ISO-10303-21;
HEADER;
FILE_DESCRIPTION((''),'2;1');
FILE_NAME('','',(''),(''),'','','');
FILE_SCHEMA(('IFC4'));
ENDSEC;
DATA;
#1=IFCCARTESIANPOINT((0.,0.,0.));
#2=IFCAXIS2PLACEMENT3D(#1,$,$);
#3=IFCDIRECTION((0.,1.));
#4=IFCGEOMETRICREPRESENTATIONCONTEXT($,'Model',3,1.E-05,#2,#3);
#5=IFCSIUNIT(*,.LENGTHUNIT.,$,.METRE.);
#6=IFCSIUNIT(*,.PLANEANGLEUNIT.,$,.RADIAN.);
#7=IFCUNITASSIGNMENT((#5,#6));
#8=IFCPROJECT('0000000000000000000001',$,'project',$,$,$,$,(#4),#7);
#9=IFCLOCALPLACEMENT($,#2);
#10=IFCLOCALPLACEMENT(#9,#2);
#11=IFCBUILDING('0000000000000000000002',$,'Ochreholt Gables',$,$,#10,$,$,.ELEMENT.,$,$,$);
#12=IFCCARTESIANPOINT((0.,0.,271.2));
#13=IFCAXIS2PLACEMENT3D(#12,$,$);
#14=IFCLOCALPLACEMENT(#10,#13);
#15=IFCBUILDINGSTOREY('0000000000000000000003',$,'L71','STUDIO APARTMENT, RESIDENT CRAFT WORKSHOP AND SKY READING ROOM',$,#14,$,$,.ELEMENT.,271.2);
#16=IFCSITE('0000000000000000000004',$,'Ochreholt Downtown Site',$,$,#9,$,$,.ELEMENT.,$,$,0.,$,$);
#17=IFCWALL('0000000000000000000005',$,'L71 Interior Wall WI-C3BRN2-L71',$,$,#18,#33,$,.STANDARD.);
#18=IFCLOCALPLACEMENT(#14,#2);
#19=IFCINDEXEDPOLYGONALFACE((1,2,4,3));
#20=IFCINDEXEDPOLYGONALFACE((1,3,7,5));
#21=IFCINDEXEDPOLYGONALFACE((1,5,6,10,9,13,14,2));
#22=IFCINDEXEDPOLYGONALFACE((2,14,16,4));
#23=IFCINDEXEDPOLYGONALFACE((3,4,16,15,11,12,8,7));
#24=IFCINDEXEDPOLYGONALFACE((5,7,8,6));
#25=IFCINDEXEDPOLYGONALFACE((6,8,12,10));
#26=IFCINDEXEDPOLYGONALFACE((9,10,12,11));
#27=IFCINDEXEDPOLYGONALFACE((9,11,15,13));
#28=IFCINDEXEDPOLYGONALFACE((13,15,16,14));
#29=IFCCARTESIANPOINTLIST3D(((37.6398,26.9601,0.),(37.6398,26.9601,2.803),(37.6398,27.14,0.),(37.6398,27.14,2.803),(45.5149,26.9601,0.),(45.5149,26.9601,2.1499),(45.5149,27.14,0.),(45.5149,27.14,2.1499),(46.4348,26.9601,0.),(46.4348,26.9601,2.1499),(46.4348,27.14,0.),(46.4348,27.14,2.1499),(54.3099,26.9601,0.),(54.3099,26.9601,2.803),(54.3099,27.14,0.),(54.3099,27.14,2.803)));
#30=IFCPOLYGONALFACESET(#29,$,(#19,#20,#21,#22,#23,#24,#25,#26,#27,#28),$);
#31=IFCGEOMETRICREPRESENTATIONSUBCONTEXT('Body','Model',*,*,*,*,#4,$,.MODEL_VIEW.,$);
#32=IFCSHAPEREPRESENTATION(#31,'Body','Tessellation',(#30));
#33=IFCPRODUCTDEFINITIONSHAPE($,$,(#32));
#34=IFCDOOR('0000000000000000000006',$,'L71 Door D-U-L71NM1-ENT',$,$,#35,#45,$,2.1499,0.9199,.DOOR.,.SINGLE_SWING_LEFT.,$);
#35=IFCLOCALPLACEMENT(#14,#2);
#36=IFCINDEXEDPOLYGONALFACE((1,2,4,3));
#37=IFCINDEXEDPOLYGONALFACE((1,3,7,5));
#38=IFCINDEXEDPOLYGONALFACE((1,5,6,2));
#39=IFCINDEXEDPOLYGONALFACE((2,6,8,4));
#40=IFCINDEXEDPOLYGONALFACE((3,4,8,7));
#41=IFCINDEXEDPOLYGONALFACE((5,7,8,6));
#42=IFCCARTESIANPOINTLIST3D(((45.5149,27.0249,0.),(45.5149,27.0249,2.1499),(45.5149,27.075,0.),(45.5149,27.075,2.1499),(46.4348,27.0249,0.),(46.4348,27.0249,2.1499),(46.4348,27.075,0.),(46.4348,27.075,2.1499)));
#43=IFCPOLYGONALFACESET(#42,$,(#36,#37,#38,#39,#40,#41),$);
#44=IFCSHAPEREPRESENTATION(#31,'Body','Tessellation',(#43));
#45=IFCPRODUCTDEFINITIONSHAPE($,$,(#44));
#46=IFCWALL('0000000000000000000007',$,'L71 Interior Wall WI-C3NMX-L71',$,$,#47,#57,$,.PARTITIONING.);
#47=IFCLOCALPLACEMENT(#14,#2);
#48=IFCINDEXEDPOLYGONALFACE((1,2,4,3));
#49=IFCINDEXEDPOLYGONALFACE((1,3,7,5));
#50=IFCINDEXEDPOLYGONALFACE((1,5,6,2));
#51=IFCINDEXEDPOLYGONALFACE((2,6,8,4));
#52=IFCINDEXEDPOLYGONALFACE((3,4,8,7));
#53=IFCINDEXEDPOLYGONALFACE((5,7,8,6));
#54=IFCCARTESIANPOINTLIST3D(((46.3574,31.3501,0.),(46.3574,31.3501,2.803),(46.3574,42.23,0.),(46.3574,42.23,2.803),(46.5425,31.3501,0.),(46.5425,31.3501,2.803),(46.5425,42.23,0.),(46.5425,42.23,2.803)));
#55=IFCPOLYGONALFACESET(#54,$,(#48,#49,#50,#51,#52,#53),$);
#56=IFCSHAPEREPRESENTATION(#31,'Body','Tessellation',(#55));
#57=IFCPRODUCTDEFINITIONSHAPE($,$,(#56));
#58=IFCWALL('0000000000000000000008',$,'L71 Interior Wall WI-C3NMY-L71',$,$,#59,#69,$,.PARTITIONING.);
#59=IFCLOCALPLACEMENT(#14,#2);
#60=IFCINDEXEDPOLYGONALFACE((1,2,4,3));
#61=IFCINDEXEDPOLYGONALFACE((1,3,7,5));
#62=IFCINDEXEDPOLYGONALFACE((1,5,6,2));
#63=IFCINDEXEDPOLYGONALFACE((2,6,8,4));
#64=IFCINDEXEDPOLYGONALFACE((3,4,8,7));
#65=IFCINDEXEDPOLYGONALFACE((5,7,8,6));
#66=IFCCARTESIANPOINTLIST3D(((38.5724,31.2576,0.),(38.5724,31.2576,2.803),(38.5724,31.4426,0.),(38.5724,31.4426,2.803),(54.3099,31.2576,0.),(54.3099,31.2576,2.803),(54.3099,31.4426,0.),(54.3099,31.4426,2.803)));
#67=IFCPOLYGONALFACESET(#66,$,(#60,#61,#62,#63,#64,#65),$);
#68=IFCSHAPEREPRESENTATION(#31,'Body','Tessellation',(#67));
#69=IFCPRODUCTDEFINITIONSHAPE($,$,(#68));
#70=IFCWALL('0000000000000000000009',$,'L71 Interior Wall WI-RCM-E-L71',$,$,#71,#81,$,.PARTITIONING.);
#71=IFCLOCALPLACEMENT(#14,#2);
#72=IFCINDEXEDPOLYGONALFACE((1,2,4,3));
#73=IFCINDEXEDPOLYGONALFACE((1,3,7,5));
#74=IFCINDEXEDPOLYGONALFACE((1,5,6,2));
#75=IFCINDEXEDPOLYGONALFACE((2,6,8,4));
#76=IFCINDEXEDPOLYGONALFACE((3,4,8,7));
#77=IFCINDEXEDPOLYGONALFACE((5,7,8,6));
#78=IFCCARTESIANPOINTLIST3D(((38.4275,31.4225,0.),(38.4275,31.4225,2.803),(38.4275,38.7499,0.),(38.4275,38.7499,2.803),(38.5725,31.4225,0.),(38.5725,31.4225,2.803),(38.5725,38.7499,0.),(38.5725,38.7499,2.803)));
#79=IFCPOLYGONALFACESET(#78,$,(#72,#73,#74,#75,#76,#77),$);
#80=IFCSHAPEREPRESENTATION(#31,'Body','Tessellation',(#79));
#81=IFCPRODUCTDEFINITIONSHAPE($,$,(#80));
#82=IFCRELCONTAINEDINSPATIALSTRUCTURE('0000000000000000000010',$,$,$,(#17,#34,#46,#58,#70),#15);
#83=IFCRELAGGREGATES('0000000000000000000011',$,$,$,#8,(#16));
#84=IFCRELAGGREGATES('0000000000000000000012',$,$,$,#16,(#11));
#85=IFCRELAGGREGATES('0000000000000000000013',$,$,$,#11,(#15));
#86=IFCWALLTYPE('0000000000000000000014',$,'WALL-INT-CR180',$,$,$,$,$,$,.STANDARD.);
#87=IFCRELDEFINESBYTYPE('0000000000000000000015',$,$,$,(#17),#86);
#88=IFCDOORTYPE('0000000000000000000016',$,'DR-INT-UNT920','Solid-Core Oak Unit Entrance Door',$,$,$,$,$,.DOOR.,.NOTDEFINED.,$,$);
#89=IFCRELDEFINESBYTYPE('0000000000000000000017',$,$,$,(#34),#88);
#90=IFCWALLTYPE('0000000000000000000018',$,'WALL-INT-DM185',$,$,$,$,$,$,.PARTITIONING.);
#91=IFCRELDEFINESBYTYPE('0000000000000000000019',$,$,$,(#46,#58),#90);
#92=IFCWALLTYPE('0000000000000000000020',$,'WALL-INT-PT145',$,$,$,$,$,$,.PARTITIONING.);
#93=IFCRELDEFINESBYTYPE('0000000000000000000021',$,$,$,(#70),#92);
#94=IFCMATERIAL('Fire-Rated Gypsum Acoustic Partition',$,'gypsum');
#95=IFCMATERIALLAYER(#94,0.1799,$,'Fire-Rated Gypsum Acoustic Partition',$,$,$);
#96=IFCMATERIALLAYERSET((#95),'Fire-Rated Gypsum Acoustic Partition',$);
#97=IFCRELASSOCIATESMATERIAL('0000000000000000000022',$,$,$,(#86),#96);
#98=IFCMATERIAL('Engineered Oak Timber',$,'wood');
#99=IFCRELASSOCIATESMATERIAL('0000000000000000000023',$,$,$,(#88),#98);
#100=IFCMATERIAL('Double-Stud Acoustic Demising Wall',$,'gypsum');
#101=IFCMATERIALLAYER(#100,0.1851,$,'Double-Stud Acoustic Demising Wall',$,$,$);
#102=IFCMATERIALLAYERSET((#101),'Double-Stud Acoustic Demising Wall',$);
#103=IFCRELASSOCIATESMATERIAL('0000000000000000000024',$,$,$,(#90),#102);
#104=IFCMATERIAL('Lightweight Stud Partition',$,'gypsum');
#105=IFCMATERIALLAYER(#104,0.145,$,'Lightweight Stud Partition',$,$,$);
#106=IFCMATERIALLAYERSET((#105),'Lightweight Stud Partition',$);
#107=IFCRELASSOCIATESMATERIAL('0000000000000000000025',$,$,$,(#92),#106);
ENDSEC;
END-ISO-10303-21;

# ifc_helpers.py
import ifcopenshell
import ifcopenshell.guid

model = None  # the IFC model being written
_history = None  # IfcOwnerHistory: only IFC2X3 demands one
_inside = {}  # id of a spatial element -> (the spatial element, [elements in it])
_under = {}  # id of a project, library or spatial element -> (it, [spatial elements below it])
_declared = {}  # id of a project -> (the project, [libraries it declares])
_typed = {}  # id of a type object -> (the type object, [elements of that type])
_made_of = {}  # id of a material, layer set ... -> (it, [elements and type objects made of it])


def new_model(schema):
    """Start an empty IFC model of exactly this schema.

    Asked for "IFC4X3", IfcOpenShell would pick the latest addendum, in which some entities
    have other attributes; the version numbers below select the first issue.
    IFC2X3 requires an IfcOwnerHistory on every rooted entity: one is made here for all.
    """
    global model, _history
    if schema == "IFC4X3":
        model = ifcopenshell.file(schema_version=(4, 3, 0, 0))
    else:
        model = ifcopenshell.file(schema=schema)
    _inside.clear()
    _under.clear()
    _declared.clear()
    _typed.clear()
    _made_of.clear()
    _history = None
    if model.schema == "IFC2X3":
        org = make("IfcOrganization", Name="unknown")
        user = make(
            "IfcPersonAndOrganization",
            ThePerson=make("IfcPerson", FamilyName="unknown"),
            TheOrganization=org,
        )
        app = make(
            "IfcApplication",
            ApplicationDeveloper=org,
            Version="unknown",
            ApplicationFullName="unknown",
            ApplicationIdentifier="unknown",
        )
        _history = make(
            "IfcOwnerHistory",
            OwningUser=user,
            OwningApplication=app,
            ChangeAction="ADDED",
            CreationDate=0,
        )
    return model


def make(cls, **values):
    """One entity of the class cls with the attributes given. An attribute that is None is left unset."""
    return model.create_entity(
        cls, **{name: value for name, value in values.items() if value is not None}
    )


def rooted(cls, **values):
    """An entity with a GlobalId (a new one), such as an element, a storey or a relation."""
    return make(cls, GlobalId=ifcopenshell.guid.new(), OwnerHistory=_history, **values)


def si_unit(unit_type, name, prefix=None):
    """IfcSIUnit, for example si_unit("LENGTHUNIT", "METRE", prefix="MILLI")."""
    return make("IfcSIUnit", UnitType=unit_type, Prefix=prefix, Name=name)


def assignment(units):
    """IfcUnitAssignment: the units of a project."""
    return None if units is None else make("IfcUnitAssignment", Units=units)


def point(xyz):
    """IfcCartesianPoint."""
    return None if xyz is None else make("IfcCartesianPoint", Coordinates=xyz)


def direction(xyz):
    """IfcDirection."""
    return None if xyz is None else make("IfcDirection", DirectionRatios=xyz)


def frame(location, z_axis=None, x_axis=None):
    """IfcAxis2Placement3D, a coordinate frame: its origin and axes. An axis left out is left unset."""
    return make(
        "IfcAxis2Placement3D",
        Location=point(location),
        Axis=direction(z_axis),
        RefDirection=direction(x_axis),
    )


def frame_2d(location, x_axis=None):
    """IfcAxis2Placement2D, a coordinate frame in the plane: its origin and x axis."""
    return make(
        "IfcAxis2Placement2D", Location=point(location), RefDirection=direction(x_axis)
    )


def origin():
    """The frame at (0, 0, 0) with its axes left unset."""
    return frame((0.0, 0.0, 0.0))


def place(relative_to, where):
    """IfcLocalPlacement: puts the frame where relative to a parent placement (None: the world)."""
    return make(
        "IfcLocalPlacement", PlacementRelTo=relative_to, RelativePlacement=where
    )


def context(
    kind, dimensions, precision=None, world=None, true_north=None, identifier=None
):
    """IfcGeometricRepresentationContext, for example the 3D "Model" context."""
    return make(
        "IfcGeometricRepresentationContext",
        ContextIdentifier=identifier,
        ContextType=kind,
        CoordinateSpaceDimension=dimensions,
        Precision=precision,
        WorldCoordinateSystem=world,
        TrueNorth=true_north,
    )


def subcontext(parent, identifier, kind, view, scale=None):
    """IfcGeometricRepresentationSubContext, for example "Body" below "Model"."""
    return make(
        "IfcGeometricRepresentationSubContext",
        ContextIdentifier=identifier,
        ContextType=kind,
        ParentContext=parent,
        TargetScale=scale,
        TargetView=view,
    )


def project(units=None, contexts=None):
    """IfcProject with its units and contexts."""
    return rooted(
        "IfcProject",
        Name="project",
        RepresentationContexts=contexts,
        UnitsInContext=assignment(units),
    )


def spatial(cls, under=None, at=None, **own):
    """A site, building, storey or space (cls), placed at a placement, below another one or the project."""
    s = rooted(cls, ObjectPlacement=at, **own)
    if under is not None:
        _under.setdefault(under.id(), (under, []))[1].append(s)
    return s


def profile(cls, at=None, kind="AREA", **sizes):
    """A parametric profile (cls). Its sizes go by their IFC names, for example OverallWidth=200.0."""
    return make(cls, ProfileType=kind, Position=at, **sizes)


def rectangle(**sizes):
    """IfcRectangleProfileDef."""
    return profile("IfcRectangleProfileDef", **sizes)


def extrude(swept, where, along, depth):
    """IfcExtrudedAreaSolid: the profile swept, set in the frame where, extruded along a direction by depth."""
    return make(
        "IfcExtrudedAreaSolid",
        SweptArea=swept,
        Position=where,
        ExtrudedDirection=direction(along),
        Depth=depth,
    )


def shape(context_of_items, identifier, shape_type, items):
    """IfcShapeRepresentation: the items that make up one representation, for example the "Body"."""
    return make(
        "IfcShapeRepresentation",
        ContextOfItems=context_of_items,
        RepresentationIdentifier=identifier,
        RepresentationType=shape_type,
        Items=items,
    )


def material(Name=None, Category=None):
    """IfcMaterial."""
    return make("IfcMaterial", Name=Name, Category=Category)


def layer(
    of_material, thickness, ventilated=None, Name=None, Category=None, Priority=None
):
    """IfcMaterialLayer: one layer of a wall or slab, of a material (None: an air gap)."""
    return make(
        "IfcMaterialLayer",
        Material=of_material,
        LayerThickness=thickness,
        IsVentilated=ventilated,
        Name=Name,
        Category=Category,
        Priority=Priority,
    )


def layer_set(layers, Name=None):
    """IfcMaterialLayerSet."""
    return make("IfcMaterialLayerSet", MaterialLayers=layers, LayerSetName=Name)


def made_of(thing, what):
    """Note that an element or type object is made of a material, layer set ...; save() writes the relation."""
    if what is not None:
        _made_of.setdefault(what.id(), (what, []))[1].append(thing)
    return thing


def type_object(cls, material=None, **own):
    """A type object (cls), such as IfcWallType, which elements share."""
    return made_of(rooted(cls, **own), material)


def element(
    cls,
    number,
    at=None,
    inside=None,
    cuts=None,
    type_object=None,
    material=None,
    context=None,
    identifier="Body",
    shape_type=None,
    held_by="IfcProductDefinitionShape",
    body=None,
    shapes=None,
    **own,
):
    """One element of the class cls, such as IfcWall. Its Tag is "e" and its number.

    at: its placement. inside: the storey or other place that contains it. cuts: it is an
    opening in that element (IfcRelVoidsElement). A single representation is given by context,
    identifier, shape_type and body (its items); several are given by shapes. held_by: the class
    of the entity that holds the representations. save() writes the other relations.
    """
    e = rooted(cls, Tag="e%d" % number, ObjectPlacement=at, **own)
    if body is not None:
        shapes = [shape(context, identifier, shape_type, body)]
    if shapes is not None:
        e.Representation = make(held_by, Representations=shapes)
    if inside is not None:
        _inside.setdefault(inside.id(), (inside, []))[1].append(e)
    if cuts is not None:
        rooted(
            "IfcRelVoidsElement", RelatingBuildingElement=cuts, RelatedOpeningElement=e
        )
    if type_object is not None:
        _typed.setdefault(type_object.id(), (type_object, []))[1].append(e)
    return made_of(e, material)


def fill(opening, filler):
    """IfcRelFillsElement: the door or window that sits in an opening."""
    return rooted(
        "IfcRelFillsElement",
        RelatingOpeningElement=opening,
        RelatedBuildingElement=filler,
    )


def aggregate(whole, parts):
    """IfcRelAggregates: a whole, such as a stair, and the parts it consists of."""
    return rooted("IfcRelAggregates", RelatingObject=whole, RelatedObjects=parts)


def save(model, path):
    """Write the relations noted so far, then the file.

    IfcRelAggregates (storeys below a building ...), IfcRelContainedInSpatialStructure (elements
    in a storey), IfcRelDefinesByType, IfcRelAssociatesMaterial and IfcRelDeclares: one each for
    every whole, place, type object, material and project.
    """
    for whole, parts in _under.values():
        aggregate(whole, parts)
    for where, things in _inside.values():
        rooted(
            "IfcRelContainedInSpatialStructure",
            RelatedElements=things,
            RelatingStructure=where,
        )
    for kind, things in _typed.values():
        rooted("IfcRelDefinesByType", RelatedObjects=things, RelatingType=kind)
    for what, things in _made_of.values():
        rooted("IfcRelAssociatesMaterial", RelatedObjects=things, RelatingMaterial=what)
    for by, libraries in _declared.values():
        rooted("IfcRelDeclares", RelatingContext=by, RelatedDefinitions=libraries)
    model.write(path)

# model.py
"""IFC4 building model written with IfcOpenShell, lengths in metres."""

from ifc_helpers import new_model, si_unit, direction, frame, frame_2d, origin, place, context, subcontext, project, spatial, rectangle, extrude, material, layer, layer_set, type_object, element, fill, save


model = new_model("IFC4")

# Units and contexts
model_context = context("Model", 3, precision=1e-05, world=origin(), true_north=direction((0.0, 1.0)))
body_context = subcontext(model_context, "Body", "Model", "MODEL_VIEW")
ifc_project = project(units=[si_unit("LENGTHUNIT", "METRE"), si_unit("PLANEANGLEUNIT", "RADIAN")], contexts=[model_context])

# Site, building, storey
site_placement = place(None, origin())
site = spatial("IfcSite", under=ifc_project, at=site_placement, Name="Ochreholt Downtown Site", CompositionType="ELEMENT", RefElevation=0.0)
building_placement = place(site_placement, origin())
building = spatial("IfcBuilding", under=site, at=building_placement, Name="Ochreholt Gables", CompositionType="ELEMENT")
storey_placement = place(building_placement, frame((0.0, 0.0, 271.2)))
storey = spatial("IfcBuildingStorey", under=building, at=storey_placement, Name="L71", Description="STUDIO APARTMENT, RESIDENT CRAFT WORKSHOP AND SKY READING ROOM", CompositionType="ELEMENT", Elevation=271.2)

# Shared definitions
ifc_material_1 = material(Name="Fire-Rated Gypsum Acoustic Partition", Category="gypsum")
ifc_layer_1 = layer(ifc_material_1, 0.1799, Name="Fire-Rated Gypsum Acoustic Partition")
ifc_layer_set_1 = layer_set([ifc_layer_1], Name="Fire-Rated Gypsum Acoustic Partition")
wall_type_1 = type_object("IfcWallType", Name="WALL-INT-CR180", PredefinedType="STANDARD", material=ifc_layer_set_1)

# Shared definitions
ifc_material_2 = material(Name="Engineered Oak Timber", Category="wood")
door_type_1 = type_object("IfcDoorType", Name="DR-INT-UNT920", Description="Solid-Core Oak Unit Entrance Door", OperationType="NOTDEFINED", PredefinedType="DOOR", material=ifc_material_2)

# Wall, opening, door
wall_1_placement = place(storey_placement, frame((37.6399, 27.05, 0.0), z_axis=(0.0, 0.0, 1.0), x_axis=(1.0, 0.0, 0.0)))
wall_1 = element("IfcWall", 1, at=wall_1_placement, inside=storey, type_object=wall_type_1, Name="L71 Interior Wall WI-C3BRN2-L71", PredefinedType="STANDARD", context=body_context, shape_type="SweptSolid", body=[
    extrude(rectangle(XDim=16.6702, YDim=0.1799, at=frame_2d((8.335, 0.0))), origin(), (0.0, 0.0, 1.0), 2.803),
])
opening_1_placement = place(wall_1_placement, frame((7.875, 0.0, 0.0)))
opening_1 = element("IfcOpeningElement", 2, at=opening_1_placement, cuts=wall_1, PredefinedType="OPENING", context=body_context, shape_type="SweptSolid", body=[
    extrude(rectangle(XDim=0.9199, YDim=2.1499, at=frame_2d((0.46, 1.075))), frame((0.0, 0.0999, 0.0), z_axis=(0.0, -1.0, 0.0), x_axis=(1.0, 0.0, 0.0)), (0.0, 0.0, 1.0), 0.2),
])
door_1_placement = place(opening_1_placement, origin())
door_1 = element("IfcDoor", 3, at=door_1_placement, inside=storey, type_object=door_type_1, Name="L71 Door D-U-L71NM1-ENT", OperationType="SINGLE_SWING_LEFT", OverallHeight=2.1499, OverallWidth=0.9199, PredefinedType="DOOR", context=body_context, shape_type="SweptSolid", body=[
    extrude(rectangle(XDim=0.9199, YDim=2.1499, at=frame_2d((0.46, 1.075))), frame((0.0, 0.0249, 0.0), z_axis=(0.0, -1.0, 0.0), x_axis=(1.0, 0.0, 0.0)), (0.0, 0.0, 1.0), 0.05),
])
fill(opening_1, door_1)

# Walls
ifc_material_3 = material(Name="Double-Stud Acoustic Demising Wall", Category="gypsum")
ifc_layer_2 = layer(ifc_material_3, 0.1851, Name="Double-Stud Acoustic Demising Wall")
ifc_layer_set_2 = layer_set([ifc_layer_2], Name="Double-Stud Acoustic Demising Wall")
wall_type_2 = type_object("IfcWallType", Name="WALL-INT-DM185", PredefinedType="PARTITIONING", material=ifc_layer_set_2)
wall_2_placement = place(storey_placement, frame((46.45, 31.3501, 0.0), z_axis=(0.0, 0.0, 1.0), x_axis=(0.0, 1.0, 0.0)))
element("IfcWall", 4, at=wall_2_placement, inside=storey, type_object=wall_type_2, Name="L71 Interior Wall WI-C3NMX-L71", PredefinedType="PARTITIONING", context=body_context, shape_type="SweptSolid", body=[
    extrude(rectangle(XDim=10.8799, YDim=0.1851, at=frame_2d((5.4399, 0.0))), origin(), (0.0, 0.0, 1.0), 2.803),
])
wall_3_placement = place(storey_placement, frame((38.5725, 31.3501, 0.0), z_axis=(0.0, 0.0, 1.0), x_axis=(1.0, 0.0, 0.0)))
element("IfcWall", 5, at=wall_3_placement, inside=storey, type_object=wall_type_2, Name="L71 Interior Wall WI-C3NMY-L71", PredefinedType="PARTITIONING", context=body_context, shape_type="SweptSolid", body=[
    extrude(rectangle(XDim=15.7375, YDim=0.1851, at=frame_2d((7.8687, 0.0))), origin(), (0.0, 0.0, 1.0), 2.803),
])
ifc_material_4 = material(Name="Lightweight Stud Partition", Category="gypsum")
ifc_layer_3 = layer(ifc_material_4, 0.145, Name="Lightweight Stud Partition")
ifc_layer_set_3 = layer_set([ifc_layer_3], Name="Lightweight Stud Partition")
wall_type_3 = type_object("IfcWallType", Name="WALL-INT-PT145", PredefinedType="PARTITIONING", material=ifc_layer_set_3)
wall_4_placement = place(storey_placement, frame((38.5, 31.4226, 0.0), z_axis=(0.0, 0.0, 1.0), x_axis=(0.0, 1.0, 0.0)))
element("IfcWall", 6, at=wall_4_placement, inside=storey, type_object=wall_type_3, Name="L71 Interior Wall WI-RCM-E-L71", PredefinedType="PARTITIONING", context=body_context, shape_type="SweptSolid", body=[
    extrude(rectangle(XDim=7.3274, YDim=0.145, at=frame_2d((3.6636, 0.0))), origin(), (0.0, 0.0, 1.0), 2.803),
])

save(model, "model.ifc")
